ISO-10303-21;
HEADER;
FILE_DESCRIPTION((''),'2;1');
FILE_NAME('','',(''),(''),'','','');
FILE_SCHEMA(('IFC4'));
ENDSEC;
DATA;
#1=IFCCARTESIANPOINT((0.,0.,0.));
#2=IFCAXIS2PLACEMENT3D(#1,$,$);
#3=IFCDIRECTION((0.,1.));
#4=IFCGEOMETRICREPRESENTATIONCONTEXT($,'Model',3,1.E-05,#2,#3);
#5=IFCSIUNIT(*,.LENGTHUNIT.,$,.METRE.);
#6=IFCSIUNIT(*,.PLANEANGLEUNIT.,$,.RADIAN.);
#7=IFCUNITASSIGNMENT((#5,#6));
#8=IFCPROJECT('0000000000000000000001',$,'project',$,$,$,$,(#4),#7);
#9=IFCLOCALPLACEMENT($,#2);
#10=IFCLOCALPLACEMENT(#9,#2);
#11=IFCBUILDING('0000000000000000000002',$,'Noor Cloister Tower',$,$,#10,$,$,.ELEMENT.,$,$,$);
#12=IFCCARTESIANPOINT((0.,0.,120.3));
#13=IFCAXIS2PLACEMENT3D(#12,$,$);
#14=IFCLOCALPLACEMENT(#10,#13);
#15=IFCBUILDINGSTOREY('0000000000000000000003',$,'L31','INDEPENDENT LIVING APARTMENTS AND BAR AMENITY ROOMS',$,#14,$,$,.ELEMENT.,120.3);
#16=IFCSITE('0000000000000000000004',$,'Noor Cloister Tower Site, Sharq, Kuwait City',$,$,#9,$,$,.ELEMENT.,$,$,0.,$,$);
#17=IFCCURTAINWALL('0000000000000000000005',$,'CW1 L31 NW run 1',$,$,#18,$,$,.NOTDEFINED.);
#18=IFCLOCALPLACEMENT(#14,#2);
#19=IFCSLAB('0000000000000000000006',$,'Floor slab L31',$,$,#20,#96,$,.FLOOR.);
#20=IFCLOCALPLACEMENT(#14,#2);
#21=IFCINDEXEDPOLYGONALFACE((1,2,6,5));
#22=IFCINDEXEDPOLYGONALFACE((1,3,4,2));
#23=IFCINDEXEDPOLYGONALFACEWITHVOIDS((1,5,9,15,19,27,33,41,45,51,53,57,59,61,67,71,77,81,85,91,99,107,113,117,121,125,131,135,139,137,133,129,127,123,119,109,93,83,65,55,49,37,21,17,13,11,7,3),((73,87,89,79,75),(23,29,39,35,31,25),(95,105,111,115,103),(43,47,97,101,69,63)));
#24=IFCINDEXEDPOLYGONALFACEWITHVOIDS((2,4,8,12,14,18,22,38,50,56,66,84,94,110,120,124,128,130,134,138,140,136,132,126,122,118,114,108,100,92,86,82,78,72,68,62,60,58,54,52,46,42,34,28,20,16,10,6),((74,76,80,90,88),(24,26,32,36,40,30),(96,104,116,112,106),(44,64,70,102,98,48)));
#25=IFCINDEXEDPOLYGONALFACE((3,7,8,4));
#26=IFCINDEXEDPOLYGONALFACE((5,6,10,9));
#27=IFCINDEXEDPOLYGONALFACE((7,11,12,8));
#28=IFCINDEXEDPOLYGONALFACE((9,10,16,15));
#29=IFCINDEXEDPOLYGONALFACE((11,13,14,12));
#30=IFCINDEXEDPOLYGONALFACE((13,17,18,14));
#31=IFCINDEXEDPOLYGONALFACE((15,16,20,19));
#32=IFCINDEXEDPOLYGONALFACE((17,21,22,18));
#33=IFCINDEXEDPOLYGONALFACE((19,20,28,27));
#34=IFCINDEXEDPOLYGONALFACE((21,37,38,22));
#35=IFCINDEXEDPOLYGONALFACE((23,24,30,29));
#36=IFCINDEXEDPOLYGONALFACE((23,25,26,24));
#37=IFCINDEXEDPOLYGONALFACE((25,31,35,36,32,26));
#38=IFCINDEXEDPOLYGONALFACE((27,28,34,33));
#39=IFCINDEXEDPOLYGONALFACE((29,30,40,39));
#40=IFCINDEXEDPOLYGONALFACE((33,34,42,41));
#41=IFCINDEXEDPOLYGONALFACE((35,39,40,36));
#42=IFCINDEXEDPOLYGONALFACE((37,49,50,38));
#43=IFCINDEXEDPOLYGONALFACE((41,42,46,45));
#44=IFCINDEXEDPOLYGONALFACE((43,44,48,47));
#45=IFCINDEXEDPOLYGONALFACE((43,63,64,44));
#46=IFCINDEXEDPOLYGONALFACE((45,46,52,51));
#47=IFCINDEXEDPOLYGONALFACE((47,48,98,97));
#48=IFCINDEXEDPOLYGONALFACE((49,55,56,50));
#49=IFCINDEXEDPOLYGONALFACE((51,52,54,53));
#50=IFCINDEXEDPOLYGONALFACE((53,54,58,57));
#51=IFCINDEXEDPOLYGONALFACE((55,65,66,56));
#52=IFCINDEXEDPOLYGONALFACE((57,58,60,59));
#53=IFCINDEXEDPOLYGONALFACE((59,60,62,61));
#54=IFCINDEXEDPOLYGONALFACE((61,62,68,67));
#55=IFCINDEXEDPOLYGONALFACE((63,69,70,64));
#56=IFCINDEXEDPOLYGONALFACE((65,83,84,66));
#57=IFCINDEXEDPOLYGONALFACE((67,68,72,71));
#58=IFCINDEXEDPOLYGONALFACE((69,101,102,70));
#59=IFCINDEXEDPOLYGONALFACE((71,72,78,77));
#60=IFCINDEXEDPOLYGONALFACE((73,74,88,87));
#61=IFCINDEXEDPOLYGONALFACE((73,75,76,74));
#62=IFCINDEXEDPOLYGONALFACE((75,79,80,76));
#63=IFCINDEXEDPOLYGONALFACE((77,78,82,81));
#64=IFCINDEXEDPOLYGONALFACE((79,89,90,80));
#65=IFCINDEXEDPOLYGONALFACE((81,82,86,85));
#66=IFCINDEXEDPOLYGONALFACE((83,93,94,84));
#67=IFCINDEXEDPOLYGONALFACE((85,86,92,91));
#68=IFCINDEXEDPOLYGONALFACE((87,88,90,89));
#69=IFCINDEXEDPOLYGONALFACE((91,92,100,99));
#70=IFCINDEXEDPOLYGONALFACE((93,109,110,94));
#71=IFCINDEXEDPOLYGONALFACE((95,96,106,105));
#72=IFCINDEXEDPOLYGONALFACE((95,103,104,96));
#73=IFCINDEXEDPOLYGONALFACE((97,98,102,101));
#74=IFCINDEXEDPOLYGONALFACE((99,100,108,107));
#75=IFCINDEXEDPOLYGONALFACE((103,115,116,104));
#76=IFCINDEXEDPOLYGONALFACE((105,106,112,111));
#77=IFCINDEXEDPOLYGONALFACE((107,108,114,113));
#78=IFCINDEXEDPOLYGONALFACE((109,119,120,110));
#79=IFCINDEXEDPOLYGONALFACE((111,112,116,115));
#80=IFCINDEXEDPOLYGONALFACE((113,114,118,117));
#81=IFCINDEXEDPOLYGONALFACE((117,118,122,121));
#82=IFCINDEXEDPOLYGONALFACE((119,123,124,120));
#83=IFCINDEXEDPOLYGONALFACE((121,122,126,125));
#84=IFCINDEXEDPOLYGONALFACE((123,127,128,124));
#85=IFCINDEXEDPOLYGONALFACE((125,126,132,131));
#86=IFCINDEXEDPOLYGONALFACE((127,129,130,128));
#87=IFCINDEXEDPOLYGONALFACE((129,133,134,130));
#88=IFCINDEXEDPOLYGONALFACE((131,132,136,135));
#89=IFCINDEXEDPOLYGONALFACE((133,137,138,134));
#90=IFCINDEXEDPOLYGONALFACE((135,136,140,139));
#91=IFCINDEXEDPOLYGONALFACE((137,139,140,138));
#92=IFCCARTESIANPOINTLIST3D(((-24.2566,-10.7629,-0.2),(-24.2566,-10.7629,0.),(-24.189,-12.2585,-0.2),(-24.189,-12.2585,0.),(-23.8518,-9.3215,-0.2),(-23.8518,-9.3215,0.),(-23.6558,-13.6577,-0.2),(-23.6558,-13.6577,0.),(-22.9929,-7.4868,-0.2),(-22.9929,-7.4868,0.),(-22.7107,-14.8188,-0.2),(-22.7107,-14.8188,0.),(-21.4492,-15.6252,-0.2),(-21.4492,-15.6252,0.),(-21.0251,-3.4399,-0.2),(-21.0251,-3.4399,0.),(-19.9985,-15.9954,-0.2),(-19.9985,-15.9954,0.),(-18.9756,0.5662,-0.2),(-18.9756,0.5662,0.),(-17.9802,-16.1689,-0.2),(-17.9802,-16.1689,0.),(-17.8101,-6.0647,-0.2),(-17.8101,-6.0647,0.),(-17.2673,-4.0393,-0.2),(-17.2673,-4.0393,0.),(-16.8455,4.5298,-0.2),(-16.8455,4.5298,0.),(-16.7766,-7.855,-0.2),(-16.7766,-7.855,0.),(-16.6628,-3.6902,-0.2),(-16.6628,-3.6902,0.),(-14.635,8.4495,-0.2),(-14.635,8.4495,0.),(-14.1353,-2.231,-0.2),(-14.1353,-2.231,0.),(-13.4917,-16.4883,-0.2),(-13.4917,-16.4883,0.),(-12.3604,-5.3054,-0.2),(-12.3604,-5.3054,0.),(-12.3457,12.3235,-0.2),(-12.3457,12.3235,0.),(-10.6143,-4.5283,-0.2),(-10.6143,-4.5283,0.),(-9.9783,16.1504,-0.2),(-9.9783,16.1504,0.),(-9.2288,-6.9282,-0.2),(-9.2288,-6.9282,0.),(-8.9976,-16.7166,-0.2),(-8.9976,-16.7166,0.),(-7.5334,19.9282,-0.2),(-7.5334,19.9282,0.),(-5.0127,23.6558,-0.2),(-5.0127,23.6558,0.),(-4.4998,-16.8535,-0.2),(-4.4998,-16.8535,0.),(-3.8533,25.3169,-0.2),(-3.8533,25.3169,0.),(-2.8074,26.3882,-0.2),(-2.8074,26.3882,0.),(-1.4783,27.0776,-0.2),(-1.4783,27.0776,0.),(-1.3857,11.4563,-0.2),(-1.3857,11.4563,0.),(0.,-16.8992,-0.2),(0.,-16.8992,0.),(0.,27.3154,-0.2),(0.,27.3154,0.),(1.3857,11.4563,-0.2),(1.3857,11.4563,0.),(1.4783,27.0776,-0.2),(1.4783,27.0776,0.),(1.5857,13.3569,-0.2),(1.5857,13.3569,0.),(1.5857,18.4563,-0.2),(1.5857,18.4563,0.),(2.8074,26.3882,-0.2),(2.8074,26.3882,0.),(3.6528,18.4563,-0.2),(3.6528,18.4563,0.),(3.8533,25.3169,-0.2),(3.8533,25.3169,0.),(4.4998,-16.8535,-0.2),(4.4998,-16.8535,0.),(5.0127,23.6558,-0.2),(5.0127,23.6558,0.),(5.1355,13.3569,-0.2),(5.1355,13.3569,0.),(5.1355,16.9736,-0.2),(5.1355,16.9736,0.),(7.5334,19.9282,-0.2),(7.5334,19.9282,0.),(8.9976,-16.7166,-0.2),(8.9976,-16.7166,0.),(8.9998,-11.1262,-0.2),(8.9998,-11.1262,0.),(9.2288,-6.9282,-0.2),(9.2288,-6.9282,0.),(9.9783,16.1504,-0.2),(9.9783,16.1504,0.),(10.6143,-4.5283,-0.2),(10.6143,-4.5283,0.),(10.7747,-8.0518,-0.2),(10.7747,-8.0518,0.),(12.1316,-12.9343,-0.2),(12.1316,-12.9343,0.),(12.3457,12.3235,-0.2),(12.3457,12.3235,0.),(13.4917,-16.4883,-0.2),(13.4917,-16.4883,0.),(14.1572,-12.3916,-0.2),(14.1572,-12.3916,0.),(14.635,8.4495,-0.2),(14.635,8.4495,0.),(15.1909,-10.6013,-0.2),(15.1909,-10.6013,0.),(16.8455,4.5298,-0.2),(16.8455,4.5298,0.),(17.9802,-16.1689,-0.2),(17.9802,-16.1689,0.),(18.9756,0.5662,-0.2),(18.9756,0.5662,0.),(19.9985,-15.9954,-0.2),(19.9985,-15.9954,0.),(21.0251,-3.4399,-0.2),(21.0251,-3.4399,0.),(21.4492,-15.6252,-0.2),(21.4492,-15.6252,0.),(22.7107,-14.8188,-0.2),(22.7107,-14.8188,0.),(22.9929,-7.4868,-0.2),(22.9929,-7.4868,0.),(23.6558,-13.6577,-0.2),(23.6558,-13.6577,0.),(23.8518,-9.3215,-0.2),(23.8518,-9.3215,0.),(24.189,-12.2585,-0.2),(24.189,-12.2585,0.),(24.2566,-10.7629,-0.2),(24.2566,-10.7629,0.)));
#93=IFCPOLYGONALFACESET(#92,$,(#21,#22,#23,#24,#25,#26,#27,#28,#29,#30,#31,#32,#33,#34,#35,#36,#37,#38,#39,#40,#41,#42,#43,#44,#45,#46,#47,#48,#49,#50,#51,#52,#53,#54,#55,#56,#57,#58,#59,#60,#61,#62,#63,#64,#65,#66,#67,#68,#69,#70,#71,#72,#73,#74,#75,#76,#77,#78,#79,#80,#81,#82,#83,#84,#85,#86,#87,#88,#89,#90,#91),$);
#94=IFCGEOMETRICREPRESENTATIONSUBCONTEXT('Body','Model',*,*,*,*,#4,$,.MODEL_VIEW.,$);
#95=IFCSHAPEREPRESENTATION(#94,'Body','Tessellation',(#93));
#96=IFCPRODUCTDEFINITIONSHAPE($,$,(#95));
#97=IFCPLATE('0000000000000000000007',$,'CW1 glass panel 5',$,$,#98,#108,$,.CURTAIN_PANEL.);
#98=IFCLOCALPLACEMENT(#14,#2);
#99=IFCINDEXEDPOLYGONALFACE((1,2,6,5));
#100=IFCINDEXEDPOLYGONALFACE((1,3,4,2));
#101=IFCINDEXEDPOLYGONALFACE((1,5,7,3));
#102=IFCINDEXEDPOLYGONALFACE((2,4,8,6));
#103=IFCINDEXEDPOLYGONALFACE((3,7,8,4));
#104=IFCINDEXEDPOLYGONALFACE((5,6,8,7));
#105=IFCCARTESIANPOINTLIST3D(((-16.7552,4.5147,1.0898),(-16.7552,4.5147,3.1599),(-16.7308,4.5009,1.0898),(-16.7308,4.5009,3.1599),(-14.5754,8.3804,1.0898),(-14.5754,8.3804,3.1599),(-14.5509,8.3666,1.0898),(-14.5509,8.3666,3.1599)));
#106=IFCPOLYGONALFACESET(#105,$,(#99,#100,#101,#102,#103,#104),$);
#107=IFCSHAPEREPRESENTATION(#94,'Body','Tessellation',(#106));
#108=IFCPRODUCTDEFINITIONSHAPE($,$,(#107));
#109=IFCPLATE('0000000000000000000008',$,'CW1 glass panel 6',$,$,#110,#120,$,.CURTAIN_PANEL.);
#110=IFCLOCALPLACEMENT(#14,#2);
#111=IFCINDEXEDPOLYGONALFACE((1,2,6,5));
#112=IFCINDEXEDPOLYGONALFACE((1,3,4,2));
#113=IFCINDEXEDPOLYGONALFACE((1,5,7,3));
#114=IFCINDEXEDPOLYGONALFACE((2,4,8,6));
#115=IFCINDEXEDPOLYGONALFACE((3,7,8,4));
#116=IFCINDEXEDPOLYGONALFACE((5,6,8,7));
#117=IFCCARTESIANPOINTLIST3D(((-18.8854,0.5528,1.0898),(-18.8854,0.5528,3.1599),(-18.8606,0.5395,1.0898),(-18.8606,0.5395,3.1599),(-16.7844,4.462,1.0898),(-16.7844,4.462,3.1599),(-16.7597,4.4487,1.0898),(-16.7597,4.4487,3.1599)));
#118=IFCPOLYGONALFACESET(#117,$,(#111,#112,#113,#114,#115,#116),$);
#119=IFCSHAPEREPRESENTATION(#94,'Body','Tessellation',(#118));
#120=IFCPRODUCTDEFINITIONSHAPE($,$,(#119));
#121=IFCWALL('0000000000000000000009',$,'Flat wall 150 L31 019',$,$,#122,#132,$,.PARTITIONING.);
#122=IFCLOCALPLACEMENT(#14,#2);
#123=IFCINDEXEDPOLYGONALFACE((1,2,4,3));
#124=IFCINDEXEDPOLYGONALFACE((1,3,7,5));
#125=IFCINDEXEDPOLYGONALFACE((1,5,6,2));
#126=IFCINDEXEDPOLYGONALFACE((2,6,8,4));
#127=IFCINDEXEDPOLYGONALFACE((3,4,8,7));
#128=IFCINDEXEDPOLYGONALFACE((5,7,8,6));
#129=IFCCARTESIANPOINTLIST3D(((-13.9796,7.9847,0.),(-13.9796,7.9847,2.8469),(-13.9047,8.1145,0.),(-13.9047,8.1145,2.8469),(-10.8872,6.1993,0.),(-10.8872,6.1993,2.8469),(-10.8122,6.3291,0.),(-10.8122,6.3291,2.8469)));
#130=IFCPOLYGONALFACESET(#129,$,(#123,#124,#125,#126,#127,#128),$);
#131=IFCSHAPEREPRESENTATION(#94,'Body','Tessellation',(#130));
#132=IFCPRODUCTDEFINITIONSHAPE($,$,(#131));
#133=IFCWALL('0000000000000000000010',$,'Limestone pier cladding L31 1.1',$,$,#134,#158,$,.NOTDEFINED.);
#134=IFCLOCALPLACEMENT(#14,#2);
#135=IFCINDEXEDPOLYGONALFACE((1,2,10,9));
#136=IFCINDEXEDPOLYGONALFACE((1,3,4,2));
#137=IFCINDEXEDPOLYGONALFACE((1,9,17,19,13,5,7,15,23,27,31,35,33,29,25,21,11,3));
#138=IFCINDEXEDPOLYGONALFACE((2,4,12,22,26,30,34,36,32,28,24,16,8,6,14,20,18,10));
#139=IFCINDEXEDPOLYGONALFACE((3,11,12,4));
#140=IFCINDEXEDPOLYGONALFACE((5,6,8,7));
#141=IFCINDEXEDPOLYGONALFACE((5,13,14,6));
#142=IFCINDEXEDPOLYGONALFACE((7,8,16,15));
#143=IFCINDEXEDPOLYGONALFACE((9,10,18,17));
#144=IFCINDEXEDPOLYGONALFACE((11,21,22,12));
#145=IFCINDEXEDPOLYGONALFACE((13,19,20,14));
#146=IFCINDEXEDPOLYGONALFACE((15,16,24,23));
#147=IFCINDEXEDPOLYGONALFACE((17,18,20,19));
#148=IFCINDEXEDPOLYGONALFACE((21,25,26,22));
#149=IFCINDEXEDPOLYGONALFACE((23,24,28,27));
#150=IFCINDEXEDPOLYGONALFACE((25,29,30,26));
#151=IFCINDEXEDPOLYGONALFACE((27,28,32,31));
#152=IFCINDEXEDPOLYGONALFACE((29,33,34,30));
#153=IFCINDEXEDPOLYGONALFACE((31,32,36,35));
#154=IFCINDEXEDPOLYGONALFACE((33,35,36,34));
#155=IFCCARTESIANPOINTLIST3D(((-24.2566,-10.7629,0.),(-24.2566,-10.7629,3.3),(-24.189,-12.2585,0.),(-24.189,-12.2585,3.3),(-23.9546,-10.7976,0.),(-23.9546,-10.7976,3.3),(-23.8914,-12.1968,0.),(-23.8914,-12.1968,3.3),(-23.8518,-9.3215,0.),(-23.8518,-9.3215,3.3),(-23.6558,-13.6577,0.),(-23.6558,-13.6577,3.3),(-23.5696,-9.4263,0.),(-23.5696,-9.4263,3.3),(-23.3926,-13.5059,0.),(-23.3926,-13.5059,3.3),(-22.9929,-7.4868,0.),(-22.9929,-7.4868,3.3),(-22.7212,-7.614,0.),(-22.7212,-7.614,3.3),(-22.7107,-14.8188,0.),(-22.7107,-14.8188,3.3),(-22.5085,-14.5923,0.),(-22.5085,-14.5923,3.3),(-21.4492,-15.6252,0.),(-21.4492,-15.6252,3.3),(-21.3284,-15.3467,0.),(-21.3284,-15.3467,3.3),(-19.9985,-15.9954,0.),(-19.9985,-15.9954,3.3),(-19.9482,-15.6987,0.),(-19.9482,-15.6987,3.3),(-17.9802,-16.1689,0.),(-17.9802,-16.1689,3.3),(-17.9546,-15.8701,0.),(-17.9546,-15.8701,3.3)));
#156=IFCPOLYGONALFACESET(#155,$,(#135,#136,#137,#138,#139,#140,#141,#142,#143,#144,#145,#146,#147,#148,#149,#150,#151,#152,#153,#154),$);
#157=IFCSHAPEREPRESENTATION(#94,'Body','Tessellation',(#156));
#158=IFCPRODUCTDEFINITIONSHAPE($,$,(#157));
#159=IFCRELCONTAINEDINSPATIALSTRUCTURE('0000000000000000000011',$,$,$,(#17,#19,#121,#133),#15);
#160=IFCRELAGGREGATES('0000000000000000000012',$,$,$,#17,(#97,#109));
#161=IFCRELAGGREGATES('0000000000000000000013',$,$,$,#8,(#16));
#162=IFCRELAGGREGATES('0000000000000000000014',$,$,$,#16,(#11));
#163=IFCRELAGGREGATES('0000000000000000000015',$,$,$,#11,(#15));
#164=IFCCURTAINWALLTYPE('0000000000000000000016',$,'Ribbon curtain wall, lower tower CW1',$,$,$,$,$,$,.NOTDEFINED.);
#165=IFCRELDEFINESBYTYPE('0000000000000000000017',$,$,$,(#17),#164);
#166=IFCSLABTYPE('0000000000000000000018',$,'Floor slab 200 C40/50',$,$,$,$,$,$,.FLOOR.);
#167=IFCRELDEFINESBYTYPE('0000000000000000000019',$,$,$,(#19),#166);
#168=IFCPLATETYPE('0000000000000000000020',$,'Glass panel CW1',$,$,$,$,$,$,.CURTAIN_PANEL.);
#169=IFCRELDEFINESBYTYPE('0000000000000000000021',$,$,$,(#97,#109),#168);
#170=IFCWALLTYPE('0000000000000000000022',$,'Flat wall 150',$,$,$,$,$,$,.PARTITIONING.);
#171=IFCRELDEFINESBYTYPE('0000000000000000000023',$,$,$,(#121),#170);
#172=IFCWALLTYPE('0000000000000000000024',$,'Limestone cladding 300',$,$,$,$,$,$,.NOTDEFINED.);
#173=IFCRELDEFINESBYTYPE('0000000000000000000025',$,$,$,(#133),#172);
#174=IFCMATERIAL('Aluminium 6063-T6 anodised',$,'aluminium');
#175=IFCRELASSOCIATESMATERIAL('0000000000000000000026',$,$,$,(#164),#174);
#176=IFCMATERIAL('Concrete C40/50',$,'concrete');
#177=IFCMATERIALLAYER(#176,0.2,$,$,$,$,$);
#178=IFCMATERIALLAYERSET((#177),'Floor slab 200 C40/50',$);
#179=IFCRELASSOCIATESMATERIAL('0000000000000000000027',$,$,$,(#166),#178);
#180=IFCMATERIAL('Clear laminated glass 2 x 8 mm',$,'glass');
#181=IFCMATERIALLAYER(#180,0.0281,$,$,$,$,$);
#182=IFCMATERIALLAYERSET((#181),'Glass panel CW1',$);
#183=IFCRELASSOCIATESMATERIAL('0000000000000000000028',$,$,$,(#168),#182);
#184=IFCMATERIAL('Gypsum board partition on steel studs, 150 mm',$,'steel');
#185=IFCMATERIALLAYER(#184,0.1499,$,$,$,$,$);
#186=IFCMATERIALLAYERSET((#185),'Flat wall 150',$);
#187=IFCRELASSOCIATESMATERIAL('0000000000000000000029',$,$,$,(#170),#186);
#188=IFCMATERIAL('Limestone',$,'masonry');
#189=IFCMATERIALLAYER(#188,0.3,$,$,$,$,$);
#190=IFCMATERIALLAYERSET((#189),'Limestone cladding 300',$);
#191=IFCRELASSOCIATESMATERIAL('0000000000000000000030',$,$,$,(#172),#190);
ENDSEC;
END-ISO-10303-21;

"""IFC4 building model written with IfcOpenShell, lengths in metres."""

from ifc_helpers import new_model, si_unit, direction, frame, frame_2d, origin, origin_2d, place, context, subcontext, project, spatial, polyline, rectangle, outline, extrude, material, layer, layer_set, type_object, element, aggregate, save


model = new_model("IFC4")

# Units and contexts
model_context = context("Model", 3, precision=1e-05, world=origin(), true_north=direction((0.0, 1.0)))
body_context = subcontext(model_context, "Body", "Model", "MODEL_VIEW")
ifc_project = project(units=[si_unit("LENGTHUNIT", "METRE"), si_unit("PLANEANGLEUNIT", "RADIAN")], contexts=[model_context])

# Site, building, storey
site_placement = place(None, origin())
site = spatial("IfcSite", under=ifc_project, at=site_placement, Name="Noor Cloister Tower Site, Sharq, Kuwait City", CompositionType="ELEMENT", RefElevation=0.0)
building_placement = place(site_placement, origin())
building = spatial("IfcBuilding", under=site, at=building_placement, Name="Noor Cloister Tower", CompositionType="ELEMENT")
storey_placement = place(building_placement, frame((0.0, 0.0, 120.3)))
storey = spatial("IfcBuildingStorey", under=building, at=storey_placement, Name="L31", Description="INDEPENDENT LIVING APARTMENTS AND BAR AMENITY ROOMS", CompositionType="ELEMENT", Elevation=120.3)

# Curtain wall
ifc_material_1 = material(Name="Aluminium 6063-T6 anodised", Category="aluminium")
curtain_wall_type = type_object("IfcCurtainWallType", Name="Ribbon curtain wall, lower tower CW1", PredefinedType="NOTDEFINED", material=ifc_material_1)
curtain_wall_1_placement = place(storey_placement, origin())
curtain_wall_1 = element("IfcCurtainWall", 1, at=curtain_wall_1_placement, inside=storey, type_object=curtain_wall_type, Name="CW1 L31 NW run 1", PredefinedType="NOTDEFINED")

# Slab
ifc_material_2 = material(Name="Concrete C40/50", Category="concrete")
ifc_layer_1 = layer(ifc_material_2, 0.2)
ifc_layer_set_1 = layer_set([ifc_layer_1], Name="Floor slab 200 C40/50")
slab_type = type_object("IfcSlabType", Name="Floor slab 200 C40/50", PredefinedType="FLOOR", material=ifc_layer_set_1)
slab_placement = place(storey_placement, frame((0.0, 0.0, -0.2)))
element("IfcSlab", 2, at=slab_placement, inside=storey, type_object=slab_type, Name="Floor slab L31", PredefinedType="FLOOR", context=body_context, shape_type="SweptSolid", body=[
    extrude(outline(polyline([(3.8533, 25.3169), (2.8074, 26.3882), (1.4783, 27.0776), (0.0, 27.3154), (-1.4783, 27.0776), (-2.8074, 26.3882), (-3.8533, 25.3169), (-5.0127, 23.6558), (-7.5334, 19.9282), (-9.9783, 16.1504), (-12.3457, 12.3235), (-14.635, 8.4495), (-16.8455, 4.5298), (-18.9756, 0.5662), (-21.0251, -3.4399), (-22.9929, -7.4868), (-23.8518, -9.3215), (-24.2566, -10.7629), (-24.189, -12.2585), (-23.6558, -13.6577), (-22.7107, -14.8188), (-21.4492, -15.6252), (-19.9985, -15.9954), (-17.9802, -16.1689), (-13.4917, -16.4883), (-8.9976, -16.7166), (-4.4998, -16.8535), (0.0, -16.8992), (4.4998, -16.8535), (8.9976, -16.7166), (13.4917, -16.4883), (17.9802, -16.1689), (19.9985, -15.9954), (21.4492, -15.6252), (22.7107, -14.8188), (23.6558, -13.6577), (24.189, -12.2585), (24.2566, -10.7629), (23.8518, -9.3215), (22.9929, -7.4868), (21.0251, -3.4399), (18.9756, 0.5662), (16.8455, 4.5298), (14.635, 8.4495), (12.3457, 12.3235), (9.9783, 16.1504), (7.5334, 19.9282), (5.0127, 23.6558), (3.8533, 25.3169)]), holes=[polyline([(8.9998, -11.1262), (12.1316, -12.9343), (14.1572, -12.3916), (15.1909, -10.6013), (10.7747, -8.0518), (8.9998, -11.1262)]), polyline([(-17.8101, -6.0647), (-16.7766, -7.855), (-12.3604, -5.3054), (-14.1353, -2.231), (-16.6628, -3.6902), (-17.2673, -4.0393), (-17.8101, -6.0647)]), polyline([(-10.6143, -4.5283), (-9.2288, -6.9282), (9.2288, -6.9282), (10.6143, -4.5283), (1.3857, 11.4563), (-1.3857, 11.4563), (-10.6143, -4.5283)]), polyline([(3.6528, 18.4563), (1.5857, 18.4563), (1.5857, 13.3569), (5.1355, 13.3569), (5.1355, 16.9736), (3.6528, 18.4563)])]), origin(), (0.0, 0.0, 1.0), 0.2),
])

# Plates
ifc_material_3 = material(Name="Clear laminated glass 2 x 8 mm", Category="glass")
ifc_layer_2 = layer(ifc_material_3, 0.0281)
ifc_layer_set_2 = layer_set([ifc_layer_2], Name="Glass panel CW1")
plate_type = type_object("IfcPlateType", Name="Glass panel CW1", PredefinedType="CURTAIN_PANEL", material=ifc_layer_set_2)
plate_1_placement = place(storey_placement, frame((-15.6531, 6.4407, 1.0898), z_axis=(0.0, 0.0, 1.0), x_axis=(-0.491187, -0.871054, 0.0)))
plate_1 = element("IfcPlate", 3, at=plate_1_placement, type_object=plate_type, Name="CW1 glass panel 5", PredefinedType="CURTAIN_PANEL", context=body_context, shape_type="SweptSolid", body=[
    extrude(rectangle(XDim=4.438, YDim=0.0281, at=origin_2d()), origin(), (0.0, 0.0, 1.0), 2.0701),
])
plate_2_placement = place(storey_placement, frame((-17.8225, 2.5007, 1.0898), z_axis=(0.0, 0.0, 1.0), x_axis=(-0.473409, -0.880843, 0.0)))
plate_2 = element("IfcPlate", 4, at=plate_2_placement, type_object=plate_type, Name="CW1 glass panel 6", PredefinedType="CURTAIN_PANEL", context=body_context, shape_type="SweptSolid", body=[
    extrude(rectangle(XDim=4.438, YDim=0.0281, at=origin_2d()), origin(), (0.0, 0.0, 1.0), 2.0701),
])
aggregate(curtain_wall_1, [plate_1, plate_2])

# Walls
ifc_material_4 = material(Name="Gypsum board partition on steel studs, 150 mm", Category="steel")
ifc_layer_3 = layer(ifc_material_4, 0.1499)
ifc_layer_set_3 = layer_set([ifc_layer_3], Name="Flat wall 150")
wall_type_1 = type_object("IfcWallType", Name="Flat wall 150", PredefinedType="PARTITIONING", material=ifc_layer_set_3)
wall_1_placement = place(storey_placement, frame((-13.9421, 8.0496, 0.0), z_axis=(0.0, 0.0, 1.0), x_axis=(0.866034, -0.499985, 0.0)))
element("IfcWall", 5, at=wall_1_placement, inside=storey, type_object=wall_type_1, Name="Flat wall 150 L31 019", PredefinedType="PARTITIONING", context=body_context, shape_type="SweptSolid", body=[
    extrude(rectangle(XDim=3.5708, YDim=0.1499, at=frame_2d((1.7854, 0.0))), origin(), (0.0, 0.0, 1.0), 2.8469),
])
ifc_material_5 = material(Name="Limestone", Category="masonry")
ifc_layer_4 = layer(ifc_material_5, 0.3)
ifc_layer_set_4 = layer_set([ifc_layer_4], Name="Limestone cladding 300")
wall_type_2 = type_object("IfcWallType", Name="Limestone cladding 300", PredefinedType="NOTDEFINED", material=ifc_layer_set_4)
wall_2_placement = place(storey_placement, origin())
element("IfcWall", 6, at=wall_2_placement, inside=storey, type_object=wall_type_2, Name="Limestone pier cladding L31 1.1", PredefinedType="NOTDEFINED", context=body_context, shape_type="SweptSolid", body=[
    extrude(outline(polyline([(-22.9929, -7.4868), (-23.8518, -9.3215), (-24.2566, -10.7629), (-24.189, -12.2585), (-23.6558, -13.6577), (-22.7107, -14.8188), (-21.4492, -15.6252), (-19.9985, -15.9954), (-17.9802, -16.1689), (-17.9546, -15.8701), (-19.9482, -15.6987), (-21.3284, -15.3467), (-22.5085, -14.5923), (-23.3926, -13.5059), (-23.8914, -12.1968), (-23.9546, -10.7976), (-23.5696, -9.4263), (-22.7212, -7.614), (-22.9929, -7.4868)])), origin(), (0.0, 0.0, 1.0), 3.3),
])

save(model, "model.ifc")
